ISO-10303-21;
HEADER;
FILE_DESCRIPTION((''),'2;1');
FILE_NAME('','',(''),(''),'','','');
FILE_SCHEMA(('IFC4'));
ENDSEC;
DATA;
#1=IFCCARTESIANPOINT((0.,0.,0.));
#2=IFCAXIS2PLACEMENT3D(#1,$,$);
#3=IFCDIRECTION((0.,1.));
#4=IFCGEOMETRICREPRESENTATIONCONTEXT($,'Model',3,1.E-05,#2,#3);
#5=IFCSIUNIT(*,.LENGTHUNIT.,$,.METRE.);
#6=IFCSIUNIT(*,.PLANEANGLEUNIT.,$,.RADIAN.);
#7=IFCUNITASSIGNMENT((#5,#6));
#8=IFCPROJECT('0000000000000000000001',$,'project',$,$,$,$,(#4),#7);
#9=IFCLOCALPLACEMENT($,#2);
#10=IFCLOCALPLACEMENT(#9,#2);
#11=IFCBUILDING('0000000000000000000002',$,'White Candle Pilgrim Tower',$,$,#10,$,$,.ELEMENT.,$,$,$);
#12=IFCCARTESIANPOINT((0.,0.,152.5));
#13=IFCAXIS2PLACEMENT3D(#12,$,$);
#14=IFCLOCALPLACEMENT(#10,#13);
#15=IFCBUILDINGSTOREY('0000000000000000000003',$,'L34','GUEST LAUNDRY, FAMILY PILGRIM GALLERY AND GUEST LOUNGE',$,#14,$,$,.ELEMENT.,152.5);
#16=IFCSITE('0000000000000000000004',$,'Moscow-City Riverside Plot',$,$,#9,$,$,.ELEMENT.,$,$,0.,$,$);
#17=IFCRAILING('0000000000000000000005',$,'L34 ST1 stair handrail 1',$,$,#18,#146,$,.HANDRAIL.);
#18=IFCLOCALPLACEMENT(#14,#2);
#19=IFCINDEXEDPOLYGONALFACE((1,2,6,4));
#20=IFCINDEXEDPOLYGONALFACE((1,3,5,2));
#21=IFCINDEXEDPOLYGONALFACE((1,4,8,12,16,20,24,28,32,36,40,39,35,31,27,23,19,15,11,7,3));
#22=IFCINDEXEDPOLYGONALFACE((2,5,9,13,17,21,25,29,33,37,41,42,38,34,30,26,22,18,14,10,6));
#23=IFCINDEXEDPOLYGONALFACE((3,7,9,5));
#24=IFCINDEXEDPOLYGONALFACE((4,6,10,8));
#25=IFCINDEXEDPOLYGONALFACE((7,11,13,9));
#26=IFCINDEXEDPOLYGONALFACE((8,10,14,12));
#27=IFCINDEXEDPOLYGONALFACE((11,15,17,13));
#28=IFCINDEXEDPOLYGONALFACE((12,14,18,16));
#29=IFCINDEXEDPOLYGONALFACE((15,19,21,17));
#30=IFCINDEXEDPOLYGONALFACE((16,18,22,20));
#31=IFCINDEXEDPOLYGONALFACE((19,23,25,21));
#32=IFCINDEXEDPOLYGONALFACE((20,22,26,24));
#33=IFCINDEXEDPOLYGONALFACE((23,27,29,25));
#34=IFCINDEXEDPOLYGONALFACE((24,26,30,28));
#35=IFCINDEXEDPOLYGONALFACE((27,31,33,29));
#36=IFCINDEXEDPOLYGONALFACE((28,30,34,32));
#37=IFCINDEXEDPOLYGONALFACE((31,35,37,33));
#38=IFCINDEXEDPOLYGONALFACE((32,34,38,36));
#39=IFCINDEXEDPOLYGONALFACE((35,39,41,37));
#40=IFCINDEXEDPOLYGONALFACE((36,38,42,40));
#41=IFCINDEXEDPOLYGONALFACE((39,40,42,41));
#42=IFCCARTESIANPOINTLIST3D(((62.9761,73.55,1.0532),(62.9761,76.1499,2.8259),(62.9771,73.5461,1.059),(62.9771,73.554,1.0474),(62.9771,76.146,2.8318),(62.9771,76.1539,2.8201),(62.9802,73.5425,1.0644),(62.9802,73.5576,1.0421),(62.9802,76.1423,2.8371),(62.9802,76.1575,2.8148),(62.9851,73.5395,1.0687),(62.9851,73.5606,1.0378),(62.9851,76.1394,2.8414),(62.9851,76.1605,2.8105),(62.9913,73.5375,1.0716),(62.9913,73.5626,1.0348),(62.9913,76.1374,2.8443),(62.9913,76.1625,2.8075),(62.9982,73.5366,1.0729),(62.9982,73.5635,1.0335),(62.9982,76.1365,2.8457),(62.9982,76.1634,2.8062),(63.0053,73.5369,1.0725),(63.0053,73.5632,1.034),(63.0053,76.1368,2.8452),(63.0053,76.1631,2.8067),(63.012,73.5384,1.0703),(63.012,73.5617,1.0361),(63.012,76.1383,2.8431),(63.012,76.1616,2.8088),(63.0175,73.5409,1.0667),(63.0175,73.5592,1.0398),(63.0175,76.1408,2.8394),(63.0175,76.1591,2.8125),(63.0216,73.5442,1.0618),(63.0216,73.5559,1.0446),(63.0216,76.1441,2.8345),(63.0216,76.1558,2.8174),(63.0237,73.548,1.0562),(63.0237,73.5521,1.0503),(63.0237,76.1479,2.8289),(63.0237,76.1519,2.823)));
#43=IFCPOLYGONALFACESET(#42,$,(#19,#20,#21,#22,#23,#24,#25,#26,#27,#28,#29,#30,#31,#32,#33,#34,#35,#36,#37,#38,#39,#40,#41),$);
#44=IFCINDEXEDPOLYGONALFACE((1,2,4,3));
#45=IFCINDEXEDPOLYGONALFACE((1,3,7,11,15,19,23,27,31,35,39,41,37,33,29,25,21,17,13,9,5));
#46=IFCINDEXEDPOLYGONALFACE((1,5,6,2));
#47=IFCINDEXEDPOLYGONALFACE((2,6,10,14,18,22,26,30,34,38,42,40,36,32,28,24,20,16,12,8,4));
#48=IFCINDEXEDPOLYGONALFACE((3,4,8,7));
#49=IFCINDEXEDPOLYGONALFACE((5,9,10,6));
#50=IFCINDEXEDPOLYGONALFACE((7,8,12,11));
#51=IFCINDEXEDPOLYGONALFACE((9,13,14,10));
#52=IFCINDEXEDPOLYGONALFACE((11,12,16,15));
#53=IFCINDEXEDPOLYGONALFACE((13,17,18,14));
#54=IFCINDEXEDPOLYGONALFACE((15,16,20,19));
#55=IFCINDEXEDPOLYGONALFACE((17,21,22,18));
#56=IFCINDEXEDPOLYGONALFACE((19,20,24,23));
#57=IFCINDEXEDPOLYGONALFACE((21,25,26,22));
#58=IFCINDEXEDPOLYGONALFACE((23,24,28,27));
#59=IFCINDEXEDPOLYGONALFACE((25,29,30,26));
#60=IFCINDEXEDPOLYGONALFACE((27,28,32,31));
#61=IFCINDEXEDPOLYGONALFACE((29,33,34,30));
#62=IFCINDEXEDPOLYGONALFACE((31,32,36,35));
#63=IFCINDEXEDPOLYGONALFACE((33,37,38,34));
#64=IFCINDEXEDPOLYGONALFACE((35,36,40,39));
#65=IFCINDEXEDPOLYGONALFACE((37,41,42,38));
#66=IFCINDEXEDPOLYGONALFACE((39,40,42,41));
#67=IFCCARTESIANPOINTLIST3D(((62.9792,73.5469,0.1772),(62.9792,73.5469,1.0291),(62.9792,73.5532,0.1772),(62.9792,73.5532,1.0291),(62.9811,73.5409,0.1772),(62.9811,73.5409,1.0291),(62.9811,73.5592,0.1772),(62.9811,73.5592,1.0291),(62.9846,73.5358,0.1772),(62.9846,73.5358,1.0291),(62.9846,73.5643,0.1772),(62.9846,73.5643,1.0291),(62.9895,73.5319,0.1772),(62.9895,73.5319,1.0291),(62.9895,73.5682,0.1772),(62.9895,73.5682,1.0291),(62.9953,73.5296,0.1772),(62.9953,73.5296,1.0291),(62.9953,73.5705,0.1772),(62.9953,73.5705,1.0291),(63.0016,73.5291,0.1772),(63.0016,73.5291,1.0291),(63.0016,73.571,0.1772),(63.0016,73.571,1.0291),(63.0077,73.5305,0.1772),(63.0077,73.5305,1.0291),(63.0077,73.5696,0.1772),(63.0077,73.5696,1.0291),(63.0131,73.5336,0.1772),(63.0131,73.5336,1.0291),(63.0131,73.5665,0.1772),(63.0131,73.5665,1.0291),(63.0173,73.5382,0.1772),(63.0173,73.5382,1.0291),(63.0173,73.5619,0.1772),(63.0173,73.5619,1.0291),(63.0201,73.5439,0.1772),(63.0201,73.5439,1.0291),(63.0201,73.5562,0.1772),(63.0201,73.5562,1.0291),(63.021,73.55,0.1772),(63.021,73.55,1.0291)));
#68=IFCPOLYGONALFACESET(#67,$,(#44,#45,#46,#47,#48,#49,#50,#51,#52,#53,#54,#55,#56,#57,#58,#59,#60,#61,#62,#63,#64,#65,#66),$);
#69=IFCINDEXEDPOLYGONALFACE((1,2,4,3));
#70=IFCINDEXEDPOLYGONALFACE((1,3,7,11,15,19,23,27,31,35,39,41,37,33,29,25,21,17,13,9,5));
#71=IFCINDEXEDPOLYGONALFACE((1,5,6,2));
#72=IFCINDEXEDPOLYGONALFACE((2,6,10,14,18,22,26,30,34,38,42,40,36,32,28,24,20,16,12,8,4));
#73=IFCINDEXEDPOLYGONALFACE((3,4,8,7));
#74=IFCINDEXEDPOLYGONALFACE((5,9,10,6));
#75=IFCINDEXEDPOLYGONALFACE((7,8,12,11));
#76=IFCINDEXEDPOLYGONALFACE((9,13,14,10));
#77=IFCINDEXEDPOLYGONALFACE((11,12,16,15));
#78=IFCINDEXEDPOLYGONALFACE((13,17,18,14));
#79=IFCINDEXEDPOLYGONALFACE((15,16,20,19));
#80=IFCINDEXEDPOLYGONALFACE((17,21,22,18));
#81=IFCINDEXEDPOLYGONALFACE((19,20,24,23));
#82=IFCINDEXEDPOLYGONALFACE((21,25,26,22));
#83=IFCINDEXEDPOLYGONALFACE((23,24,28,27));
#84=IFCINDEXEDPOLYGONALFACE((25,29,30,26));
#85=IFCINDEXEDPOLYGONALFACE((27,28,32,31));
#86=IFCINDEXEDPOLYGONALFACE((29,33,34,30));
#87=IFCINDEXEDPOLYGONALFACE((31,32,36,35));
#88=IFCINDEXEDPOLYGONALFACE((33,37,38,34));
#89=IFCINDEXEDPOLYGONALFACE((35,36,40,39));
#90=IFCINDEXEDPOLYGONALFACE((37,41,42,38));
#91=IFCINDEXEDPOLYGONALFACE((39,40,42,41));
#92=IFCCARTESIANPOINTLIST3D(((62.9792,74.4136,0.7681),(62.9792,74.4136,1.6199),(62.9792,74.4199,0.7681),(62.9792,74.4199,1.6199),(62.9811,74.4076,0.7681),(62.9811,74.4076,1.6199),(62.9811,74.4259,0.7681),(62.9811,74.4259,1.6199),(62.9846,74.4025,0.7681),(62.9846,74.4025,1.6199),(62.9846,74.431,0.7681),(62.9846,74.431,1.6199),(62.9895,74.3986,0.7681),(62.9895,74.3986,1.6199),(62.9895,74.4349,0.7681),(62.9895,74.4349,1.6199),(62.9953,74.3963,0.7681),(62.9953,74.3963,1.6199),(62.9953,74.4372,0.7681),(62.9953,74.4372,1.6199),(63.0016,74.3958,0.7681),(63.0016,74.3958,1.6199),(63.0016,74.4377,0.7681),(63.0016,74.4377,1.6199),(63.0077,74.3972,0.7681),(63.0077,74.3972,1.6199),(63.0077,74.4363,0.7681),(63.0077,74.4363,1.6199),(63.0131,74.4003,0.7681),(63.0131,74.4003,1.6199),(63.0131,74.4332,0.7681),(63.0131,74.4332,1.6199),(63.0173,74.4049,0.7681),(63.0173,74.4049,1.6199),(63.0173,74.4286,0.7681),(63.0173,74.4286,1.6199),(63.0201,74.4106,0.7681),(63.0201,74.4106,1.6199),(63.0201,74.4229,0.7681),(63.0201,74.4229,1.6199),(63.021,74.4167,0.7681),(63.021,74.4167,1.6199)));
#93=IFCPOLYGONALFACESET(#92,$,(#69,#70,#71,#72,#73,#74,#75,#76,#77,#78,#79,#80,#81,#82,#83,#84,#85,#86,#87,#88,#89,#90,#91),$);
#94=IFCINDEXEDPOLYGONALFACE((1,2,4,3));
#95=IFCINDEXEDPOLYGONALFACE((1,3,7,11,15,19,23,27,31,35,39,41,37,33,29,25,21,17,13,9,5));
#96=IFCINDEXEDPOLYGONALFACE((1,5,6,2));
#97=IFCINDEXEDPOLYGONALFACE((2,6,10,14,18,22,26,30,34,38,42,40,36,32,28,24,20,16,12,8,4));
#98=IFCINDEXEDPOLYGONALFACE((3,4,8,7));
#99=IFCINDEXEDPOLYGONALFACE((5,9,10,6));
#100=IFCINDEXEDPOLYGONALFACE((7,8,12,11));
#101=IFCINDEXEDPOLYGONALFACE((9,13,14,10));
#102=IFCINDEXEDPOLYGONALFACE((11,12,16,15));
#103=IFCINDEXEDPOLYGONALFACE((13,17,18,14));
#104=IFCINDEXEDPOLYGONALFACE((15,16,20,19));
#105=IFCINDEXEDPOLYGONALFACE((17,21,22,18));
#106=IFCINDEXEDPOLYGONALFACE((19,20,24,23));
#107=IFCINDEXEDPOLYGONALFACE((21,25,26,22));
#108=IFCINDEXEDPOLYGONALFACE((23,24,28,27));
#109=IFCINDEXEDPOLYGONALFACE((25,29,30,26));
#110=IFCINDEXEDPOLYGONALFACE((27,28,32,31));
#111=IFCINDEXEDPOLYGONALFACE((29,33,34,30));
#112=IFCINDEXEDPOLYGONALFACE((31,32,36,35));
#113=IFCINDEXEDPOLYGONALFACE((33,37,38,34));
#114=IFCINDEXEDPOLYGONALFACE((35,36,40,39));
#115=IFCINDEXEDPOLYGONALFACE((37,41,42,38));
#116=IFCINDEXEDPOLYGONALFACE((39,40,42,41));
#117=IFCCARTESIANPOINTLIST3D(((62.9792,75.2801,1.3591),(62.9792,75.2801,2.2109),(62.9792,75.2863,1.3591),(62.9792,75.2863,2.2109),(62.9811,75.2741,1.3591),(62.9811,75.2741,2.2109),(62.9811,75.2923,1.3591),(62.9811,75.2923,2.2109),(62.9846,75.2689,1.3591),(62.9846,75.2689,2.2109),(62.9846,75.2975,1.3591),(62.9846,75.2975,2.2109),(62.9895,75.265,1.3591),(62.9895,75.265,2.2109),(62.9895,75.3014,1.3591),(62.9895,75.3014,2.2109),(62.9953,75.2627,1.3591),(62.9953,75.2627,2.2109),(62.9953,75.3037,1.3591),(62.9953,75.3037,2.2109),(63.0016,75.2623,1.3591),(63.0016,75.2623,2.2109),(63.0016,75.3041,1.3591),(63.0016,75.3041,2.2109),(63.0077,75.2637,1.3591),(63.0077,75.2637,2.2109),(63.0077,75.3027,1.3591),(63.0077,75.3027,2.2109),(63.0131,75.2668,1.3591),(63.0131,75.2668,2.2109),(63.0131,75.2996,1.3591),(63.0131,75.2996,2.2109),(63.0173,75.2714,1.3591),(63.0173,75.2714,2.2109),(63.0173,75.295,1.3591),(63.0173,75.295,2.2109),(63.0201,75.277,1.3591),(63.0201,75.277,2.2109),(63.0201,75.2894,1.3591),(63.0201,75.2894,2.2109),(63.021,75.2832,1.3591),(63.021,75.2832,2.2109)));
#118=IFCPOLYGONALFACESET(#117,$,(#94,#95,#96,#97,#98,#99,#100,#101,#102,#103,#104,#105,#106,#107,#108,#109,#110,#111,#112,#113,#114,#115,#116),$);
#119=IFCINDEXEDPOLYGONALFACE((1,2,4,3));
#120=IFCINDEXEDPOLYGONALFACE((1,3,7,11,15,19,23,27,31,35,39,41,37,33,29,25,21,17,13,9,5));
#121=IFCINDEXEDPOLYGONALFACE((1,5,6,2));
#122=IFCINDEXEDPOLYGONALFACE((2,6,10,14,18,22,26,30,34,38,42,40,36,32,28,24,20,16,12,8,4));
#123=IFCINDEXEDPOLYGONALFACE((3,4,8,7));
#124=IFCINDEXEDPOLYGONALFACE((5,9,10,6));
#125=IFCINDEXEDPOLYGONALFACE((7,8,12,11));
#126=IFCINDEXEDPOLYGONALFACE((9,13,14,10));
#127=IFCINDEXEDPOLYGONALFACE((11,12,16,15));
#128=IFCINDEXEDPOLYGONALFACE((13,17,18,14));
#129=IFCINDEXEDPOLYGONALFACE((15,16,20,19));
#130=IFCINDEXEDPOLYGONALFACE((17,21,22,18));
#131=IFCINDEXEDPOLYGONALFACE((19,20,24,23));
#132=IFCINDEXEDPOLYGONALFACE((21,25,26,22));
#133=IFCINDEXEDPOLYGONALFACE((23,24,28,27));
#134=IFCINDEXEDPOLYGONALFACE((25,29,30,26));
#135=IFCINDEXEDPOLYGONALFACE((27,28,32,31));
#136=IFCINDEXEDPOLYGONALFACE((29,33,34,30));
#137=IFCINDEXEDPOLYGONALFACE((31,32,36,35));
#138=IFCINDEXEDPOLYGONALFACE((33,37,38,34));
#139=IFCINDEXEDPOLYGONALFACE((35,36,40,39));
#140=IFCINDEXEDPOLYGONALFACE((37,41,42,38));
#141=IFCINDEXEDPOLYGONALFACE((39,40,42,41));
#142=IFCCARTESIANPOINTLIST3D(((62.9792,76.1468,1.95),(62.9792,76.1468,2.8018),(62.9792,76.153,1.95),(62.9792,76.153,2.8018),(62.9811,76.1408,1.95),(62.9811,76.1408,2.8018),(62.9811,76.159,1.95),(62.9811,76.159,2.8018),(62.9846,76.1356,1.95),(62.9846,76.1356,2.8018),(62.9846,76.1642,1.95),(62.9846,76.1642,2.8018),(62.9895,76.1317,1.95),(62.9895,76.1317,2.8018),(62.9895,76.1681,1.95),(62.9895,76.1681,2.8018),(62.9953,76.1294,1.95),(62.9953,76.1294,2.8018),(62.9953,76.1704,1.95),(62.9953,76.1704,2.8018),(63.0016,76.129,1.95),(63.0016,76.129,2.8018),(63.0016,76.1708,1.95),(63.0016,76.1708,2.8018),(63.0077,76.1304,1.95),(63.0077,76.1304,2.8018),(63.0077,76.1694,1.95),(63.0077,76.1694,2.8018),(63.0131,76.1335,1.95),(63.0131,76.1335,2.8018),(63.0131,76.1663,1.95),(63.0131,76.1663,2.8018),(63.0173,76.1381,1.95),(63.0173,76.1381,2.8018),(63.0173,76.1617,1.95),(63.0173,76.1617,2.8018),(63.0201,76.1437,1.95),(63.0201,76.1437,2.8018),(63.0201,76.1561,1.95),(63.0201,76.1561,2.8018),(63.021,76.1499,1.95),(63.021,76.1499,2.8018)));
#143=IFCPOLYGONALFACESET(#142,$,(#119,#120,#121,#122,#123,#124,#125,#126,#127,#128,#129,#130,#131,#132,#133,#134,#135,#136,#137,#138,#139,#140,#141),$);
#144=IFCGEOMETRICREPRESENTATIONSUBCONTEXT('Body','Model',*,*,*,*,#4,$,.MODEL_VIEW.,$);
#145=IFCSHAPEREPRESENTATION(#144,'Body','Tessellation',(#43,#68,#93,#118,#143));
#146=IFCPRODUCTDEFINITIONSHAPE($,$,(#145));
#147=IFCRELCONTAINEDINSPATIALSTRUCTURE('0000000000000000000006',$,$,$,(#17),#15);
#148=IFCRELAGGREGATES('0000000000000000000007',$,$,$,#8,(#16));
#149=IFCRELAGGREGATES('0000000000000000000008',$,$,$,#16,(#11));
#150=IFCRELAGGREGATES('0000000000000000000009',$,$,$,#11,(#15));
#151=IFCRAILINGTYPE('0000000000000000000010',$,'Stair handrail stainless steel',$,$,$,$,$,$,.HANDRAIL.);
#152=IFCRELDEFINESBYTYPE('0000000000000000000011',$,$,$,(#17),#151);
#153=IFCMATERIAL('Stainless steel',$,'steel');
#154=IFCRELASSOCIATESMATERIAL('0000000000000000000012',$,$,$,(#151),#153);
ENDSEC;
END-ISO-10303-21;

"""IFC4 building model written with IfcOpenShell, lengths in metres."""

from ifc_helpers import new_model, si_unit, direction, frame, origin, origin_2d, place, context, subcontext, project, spatial, circle, extrude, material, type_object, element, save


model = new_model("IFC4")

# Units and contexts
model_context = context("Model", 3, precision=1e-05, world=origin(), true_north=direction((0.0, 1.0)))
body_context = subcontext(model_context, "Body", "Model", "MODEL_VIEW")
ifc_project = project(units=[si_unit("LENGTHUNIT", "METRE"), si_unit("PLANEANGLEUNIT", "RADIAN")], contexts=[model_context])

# Site, building, storey
site_placement = place(None, origin())
site = spatial("IfcSite", under=ifc_project, at=site_placement, Name="Moscow-City Riverside Plot", CompositionType="ELEMENT", RefElevation=0.0)
building_placement = place(site_placement, origin())
building = spatial("IfcBuilding", under=site, at=building_placement, Name="White Candle Pilgrim Tower", CompositionType="ELEMENT")
storey_placement = place(building_placement, frame((0.0, 0.0, 152.5)))
storey = spatial("IfcBuildingStorey", under=building, at=storey_placement, Name="L34", Description="GUEST LAUNDRY, FAMILY PILGRIM GALLERY AND GUEST LOUNGE", CompositionType="ELEMENT", Elevation=152.5)

# Railing
ifc_material_1 = material(Name="Stainless steel", Category="steel")
railing_type_1 = type_object("IfcRailingType", Name="Stair handrail stainless steel", PredefinedType="HANDRAIL", material=ifc_material_1)
railing_1_placement = place(storey_placement, frame((63.0, 73.55, 0.1772)))
element("IfcRailing", 1, at=railing_1_placement, inside=storey, type_object=railing_type_1, Name="L34 ST1 stair handrail 1", PredefinedType="HANDRAIL", context=body_context, shape_type="SweptSolid", body=[
    extrude(circle(Radius=0.0239, at=origin_2d()), frame((0.0, 0.0, 0.876), z_axis=(0.0, 0.826216, 0.563354), x_axis=(-1.0, 0.0, 0.0)), (0.0, 0.0, 1.0), 3.1467),
    extrude(circle(Radius=0.021, at=origin_2d()), origin(), (0.0, 0.0, 1.0), 0.8518),
    extrude(circle(Radius=0.021, at=origin_2d()), frame((0.0, 0.8667, 0.5908)), (0.0, 0.0, 1.0), 0.8518),
    extrude(circle(Radius=0.021, at=origin_2d()), frame((0.0, 1.7332, 1.1819)), (0.0, 0.0, 1.0), 0.8518),
    extrude(circle(Radius=0.021, at=origin_2d()), frame((0.0, 2.5999, 1.7727)), (0.0, 0.0, 1.0), 0.8518),
])

save(model, "model.ifc")
